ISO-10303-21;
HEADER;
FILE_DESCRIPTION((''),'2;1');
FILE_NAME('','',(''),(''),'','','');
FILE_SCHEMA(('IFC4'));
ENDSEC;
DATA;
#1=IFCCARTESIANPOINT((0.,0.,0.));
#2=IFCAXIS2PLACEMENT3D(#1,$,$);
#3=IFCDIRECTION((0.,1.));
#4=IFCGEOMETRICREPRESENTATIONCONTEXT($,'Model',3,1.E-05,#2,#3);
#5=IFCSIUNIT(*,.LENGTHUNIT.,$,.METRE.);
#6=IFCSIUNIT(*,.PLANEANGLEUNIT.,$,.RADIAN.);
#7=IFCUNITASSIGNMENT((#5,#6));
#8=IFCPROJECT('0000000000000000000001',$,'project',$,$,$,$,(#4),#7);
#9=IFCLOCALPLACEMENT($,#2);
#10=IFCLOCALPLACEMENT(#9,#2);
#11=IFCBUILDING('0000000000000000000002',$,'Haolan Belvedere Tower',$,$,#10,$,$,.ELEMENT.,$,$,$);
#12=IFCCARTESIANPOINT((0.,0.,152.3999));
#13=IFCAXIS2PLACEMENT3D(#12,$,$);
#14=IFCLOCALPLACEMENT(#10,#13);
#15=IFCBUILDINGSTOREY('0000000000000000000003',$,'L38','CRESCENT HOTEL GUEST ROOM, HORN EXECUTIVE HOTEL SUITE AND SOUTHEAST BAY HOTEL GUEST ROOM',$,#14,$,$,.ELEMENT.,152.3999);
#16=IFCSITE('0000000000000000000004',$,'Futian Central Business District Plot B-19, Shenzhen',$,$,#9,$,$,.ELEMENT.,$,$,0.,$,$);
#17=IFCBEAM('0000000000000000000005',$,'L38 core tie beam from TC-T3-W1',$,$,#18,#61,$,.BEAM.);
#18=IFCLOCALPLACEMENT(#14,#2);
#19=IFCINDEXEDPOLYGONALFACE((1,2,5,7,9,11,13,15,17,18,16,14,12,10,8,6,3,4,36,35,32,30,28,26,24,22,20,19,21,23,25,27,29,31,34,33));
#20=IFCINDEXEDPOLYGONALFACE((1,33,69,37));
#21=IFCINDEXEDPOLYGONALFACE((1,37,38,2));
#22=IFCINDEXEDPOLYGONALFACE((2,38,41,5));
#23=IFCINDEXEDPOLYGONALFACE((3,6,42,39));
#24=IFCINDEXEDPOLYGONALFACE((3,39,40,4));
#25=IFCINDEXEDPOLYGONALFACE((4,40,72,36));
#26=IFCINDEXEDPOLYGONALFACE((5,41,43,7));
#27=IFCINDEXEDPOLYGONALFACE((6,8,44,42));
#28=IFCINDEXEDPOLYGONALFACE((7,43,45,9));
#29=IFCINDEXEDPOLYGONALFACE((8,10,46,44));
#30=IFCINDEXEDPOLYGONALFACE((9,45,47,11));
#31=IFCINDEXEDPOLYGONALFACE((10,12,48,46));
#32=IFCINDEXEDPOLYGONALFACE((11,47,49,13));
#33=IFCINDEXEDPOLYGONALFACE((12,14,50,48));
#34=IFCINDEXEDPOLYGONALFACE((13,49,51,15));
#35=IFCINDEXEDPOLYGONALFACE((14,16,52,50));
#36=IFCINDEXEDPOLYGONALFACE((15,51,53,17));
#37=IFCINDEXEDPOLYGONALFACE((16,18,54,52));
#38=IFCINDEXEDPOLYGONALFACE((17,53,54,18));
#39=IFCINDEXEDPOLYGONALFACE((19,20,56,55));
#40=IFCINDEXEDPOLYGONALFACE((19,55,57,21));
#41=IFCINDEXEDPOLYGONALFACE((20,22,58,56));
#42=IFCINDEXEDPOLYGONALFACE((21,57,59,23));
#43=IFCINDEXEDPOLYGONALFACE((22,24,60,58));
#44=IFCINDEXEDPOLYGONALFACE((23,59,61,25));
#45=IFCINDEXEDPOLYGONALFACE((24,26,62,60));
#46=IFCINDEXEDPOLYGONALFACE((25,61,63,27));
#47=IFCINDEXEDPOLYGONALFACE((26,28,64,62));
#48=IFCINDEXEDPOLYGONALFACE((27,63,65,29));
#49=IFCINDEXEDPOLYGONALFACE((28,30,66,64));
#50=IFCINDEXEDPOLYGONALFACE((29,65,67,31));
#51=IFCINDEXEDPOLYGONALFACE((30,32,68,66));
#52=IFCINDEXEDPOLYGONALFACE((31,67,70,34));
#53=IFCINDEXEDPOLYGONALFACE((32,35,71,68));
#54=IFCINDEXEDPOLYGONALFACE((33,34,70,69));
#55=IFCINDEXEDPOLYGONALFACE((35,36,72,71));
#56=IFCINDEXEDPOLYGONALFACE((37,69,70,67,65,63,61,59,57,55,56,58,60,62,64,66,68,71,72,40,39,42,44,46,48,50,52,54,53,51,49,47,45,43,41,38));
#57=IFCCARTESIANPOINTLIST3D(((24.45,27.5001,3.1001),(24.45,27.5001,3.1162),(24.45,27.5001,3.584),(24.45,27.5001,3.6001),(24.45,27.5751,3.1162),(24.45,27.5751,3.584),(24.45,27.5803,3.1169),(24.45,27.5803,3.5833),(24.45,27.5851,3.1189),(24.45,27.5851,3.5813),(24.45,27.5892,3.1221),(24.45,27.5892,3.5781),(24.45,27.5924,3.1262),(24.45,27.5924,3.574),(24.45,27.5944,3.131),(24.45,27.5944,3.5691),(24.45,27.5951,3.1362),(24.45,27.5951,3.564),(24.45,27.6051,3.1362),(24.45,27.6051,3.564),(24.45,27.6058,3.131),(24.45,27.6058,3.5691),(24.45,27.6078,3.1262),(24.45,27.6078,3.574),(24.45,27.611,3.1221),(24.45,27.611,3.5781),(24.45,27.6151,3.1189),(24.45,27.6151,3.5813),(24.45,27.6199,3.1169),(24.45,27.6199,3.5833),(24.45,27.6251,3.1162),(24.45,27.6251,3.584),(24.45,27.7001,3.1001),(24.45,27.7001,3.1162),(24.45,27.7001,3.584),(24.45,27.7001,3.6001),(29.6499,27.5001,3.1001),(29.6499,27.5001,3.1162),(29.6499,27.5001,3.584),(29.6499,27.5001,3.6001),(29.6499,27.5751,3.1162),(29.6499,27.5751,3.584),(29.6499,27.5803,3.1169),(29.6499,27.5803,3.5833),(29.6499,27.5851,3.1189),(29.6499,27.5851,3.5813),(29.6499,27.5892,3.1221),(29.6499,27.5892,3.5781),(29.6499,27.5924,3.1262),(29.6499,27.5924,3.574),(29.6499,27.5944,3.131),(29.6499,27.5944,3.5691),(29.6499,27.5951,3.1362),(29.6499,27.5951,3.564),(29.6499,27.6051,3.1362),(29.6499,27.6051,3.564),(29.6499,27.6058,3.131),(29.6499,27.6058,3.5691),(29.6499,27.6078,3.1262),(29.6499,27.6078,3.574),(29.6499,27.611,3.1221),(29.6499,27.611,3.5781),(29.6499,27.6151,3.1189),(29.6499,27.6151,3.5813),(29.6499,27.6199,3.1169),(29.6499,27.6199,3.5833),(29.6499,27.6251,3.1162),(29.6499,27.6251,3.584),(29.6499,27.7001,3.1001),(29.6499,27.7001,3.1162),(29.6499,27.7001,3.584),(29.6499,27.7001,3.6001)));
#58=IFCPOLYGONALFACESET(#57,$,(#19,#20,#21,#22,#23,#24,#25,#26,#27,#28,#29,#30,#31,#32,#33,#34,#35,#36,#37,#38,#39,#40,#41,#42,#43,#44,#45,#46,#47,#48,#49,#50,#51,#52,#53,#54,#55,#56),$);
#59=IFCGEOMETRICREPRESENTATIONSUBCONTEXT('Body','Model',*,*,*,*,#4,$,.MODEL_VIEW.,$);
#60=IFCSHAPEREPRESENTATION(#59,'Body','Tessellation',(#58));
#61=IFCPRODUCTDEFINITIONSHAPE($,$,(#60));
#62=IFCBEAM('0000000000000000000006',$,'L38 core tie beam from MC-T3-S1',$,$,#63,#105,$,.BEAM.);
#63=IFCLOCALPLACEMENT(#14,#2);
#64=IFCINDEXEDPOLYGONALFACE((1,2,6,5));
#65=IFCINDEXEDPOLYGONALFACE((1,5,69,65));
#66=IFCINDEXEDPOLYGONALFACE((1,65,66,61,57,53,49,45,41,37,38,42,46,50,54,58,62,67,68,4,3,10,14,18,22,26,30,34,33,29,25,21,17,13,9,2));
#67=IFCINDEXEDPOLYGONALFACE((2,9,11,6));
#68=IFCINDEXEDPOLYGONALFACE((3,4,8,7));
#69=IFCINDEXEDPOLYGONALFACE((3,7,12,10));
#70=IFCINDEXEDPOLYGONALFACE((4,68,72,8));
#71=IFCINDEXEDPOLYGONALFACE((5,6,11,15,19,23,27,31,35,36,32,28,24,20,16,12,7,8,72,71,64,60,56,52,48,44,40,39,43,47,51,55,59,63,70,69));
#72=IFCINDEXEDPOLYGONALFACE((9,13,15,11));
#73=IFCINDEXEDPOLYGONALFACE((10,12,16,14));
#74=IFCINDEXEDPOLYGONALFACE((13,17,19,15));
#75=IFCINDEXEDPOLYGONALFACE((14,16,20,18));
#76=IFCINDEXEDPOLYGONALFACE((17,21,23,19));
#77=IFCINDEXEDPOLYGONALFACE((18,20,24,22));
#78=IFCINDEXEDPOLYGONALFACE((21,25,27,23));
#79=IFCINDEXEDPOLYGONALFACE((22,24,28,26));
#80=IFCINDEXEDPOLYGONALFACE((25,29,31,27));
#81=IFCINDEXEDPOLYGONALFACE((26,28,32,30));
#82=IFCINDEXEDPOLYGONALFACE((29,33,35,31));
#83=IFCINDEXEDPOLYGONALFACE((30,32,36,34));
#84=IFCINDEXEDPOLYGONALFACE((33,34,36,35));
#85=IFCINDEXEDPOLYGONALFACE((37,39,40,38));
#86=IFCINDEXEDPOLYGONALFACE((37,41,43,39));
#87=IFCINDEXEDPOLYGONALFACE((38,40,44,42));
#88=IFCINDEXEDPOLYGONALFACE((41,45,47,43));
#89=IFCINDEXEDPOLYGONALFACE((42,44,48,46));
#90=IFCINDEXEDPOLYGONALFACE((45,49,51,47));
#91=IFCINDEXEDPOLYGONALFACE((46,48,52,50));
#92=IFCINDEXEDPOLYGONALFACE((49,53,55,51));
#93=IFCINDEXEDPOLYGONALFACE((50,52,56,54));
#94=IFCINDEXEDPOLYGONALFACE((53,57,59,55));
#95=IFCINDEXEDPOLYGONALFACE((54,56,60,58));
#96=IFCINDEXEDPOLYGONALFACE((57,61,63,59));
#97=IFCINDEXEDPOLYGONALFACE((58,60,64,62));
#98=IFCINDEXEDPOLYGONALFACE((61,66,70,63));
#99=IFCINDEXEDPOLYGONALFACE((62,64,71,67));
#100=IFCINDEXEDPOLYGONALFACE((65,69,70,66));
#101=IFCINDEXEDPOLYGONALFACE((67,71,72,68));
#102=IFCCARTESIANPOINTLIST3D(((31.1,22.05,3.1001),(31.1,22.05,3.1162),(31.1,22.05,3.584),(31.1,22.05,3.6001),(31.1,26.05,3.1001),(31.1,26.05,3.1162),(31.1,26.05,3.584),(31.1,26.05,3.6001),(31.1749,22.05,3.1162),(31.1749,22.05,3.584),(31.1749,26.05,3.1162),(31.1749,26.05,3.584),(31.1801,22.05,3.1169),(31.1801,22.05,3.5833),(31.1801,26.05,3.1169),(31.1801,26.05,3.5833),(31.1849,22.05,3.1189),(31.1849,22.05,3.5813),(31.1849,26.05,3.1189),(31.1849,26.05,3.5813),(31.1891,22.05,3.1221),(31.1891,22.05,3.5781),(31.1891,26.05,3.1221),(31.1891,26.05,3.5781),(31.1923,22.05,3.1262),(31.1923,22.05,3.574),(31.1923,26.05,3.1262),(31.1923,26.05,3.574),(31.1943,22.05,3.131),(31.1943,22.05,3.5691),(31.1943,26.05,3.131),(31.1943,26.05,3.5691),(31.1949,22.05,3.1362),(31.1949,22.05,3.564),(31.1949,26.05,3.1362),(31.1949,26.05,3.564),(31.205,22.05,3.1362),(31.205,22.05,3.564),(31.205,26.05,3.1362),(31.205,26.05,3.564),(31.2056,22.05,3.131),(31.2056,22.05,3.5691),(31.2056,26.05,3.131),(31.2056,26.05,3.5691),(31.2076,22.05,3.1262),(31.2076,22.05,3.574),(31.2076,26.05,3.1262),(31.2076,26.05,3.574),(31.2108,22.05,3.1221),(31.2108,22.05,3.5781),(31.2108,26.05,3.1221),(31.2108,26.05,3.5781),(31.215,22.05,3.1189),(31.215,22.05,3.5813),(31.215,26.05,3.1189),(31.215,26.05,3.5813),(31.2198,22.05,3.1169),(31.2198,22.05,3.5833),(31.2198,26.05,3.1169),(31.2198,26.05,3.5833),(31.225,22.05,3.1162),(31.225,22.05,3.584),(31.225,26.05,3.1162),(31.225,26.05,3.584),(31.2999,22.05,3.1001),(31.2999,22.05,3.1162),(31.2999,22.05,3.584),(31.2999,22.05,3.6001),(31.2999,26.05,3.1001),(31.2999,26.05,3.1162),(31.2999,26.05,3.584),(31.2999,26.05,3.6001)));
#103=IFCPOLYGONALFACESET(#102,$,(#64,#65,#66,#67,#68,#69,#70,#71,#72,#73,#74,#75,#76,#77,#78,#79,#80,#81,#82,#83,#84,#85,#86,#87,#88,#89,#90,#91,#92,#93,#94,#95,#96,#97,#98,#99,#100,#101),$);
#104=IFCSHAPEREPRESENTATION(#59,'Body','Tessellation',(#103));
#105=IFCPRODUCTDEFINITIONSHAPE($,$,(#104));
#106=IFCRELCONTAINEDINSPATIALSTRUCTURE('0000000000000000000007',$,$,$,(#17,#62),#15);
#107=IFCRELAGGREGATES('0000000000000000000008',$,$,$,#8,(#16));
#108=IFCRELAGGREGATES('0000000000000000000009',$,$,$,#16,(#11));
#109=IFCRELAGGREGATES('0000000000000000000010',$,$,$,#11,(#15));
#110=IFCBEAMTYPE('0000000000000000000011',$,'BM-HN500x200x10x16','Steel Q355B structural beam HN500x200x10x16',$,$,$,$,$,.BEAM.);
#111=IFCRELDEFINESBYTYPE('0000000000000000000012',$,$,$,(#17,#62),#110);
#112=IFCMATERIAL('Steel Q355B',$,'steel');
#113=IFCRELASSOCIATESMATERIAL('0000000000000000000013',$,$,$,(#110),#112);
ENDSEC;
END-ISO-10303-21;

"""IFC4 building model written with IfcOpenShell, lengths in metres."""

from ifc_helpers import new_model, si_unit, direction, frame, origin, origin_2d, place, context, subcontext, project, spatial, i_section, extrude, material, material_profile, profile_set, type_object, element, save


model = new_model("IFC4")

# Units and contexts
model_context = context("Model", 3, precision=1e-05, world=origin(), true_north=direction((0.0, 1.0)))
body_context = subcontext(model_context, "Body", "Model", "MODEL_VIEW")
ifc_project = project(units=[si_unit("LENGTHUNIT", "METRE"), si_unit("PLANEANGLEUNIT", "RADIAN")], contexts=[model_context])

# Site, building, storey
site_placement = place(None, origin())
site = spatial("IfcSite", under=ifc_project, at=site_placement, Name="Futian Central Business District Plot B-19, Shenzhen", CompositionType="ELEMENT", RefElevation=0.0)
building_placement = place(site_placement, origin())
building = spatial("IfcBuilding", under=site, at=building_placement, Name="Haolan Belvedere Tower", CompositionType="ELEMENT")
storey_placement = place(building_placement, frame((0.0, 0.0, 152.3999)))
storey = spatial("IfcBuildingStorey", under=building, at=storey_placement, Name="L38", Description="CRESCENT HOTEL GUEST ROOM, HORN EXECUTIVE HOTEL SUITE AND SOUTHEAST BAY HOTEL GUEST ROOM", CompositionType="ELEMENT", Elevation=152.3999)

# Beams
ifc_material_1 = material(Name="Steel Q355B", Category="steel")
ifc_material_profile_1 = material_profile(ifc_material_1, i_section(OverallWidth=0.2, OverallDepth=0.5, WebThickness=0.01, FlangeThickness=0.0161, FilletRadius=0.02, at=origin_2d()), Name="Steel Q355B")
ifc_profile_set_1 = profile_set([ifc_material_profile_1], Name="Steel Q355B")
beam_type_1 = type_object("IfcBeamType", Name="BM-HN500x200x10x16", Description="Steel Q355B structural beam HN500x200x10x16", PredefinedType="BEAM", material=ifc_profile_set_1)
beam_1_placement = place(storey_placement, frame((24.45, 27.6001, 3.3501), z_axis=(1.0, 0.0, 0.0), x_axis=(0.0, 1.0, 0.0)))
element("IfcBeam", 1, at=beam_1_placement, inside=storey, type_object=beam_type_1, Name="L38 core tie beam from TC-T3-W1", PredefinedType="BEAM", context=body_context, shape_type="SweptSolid", body=[
    extrude(i_section(OverallWidth=0.2, OverallDepth=0.5, WebThickness=0.01, FlangeThickness=0.0161, FilletRadius=0.02, at=origin_2d()), origin(), (0.0, 0.0, 1.0), 5.2),
])
beam_2_placement = place(storey_placement, frame((31.2, 22.05, 3.3501), z_axis=(0.0, 1.0, 0.0), x_axis=(-1.0, 0.0, 0.0)))
element("IfcBeam", 2, at=beam_2_placement, inside=storey, type_object=beam_type_1, Name="L38 core tie beam from MC-T3-S1", PredefinedType="BEAM", context=body_context, shape_type="SweptSolid", body=[
    extrude(i_section(OverallWidth=0.2, OverallDepth=0.5, WebThickness=0.01, FlangeThickness=0.0161, FilletRadius=0.02, at=origin_2d()), origin(), (0.0, 0.0, 1.0), 4.0),
])

save(model, "model.ifc")
